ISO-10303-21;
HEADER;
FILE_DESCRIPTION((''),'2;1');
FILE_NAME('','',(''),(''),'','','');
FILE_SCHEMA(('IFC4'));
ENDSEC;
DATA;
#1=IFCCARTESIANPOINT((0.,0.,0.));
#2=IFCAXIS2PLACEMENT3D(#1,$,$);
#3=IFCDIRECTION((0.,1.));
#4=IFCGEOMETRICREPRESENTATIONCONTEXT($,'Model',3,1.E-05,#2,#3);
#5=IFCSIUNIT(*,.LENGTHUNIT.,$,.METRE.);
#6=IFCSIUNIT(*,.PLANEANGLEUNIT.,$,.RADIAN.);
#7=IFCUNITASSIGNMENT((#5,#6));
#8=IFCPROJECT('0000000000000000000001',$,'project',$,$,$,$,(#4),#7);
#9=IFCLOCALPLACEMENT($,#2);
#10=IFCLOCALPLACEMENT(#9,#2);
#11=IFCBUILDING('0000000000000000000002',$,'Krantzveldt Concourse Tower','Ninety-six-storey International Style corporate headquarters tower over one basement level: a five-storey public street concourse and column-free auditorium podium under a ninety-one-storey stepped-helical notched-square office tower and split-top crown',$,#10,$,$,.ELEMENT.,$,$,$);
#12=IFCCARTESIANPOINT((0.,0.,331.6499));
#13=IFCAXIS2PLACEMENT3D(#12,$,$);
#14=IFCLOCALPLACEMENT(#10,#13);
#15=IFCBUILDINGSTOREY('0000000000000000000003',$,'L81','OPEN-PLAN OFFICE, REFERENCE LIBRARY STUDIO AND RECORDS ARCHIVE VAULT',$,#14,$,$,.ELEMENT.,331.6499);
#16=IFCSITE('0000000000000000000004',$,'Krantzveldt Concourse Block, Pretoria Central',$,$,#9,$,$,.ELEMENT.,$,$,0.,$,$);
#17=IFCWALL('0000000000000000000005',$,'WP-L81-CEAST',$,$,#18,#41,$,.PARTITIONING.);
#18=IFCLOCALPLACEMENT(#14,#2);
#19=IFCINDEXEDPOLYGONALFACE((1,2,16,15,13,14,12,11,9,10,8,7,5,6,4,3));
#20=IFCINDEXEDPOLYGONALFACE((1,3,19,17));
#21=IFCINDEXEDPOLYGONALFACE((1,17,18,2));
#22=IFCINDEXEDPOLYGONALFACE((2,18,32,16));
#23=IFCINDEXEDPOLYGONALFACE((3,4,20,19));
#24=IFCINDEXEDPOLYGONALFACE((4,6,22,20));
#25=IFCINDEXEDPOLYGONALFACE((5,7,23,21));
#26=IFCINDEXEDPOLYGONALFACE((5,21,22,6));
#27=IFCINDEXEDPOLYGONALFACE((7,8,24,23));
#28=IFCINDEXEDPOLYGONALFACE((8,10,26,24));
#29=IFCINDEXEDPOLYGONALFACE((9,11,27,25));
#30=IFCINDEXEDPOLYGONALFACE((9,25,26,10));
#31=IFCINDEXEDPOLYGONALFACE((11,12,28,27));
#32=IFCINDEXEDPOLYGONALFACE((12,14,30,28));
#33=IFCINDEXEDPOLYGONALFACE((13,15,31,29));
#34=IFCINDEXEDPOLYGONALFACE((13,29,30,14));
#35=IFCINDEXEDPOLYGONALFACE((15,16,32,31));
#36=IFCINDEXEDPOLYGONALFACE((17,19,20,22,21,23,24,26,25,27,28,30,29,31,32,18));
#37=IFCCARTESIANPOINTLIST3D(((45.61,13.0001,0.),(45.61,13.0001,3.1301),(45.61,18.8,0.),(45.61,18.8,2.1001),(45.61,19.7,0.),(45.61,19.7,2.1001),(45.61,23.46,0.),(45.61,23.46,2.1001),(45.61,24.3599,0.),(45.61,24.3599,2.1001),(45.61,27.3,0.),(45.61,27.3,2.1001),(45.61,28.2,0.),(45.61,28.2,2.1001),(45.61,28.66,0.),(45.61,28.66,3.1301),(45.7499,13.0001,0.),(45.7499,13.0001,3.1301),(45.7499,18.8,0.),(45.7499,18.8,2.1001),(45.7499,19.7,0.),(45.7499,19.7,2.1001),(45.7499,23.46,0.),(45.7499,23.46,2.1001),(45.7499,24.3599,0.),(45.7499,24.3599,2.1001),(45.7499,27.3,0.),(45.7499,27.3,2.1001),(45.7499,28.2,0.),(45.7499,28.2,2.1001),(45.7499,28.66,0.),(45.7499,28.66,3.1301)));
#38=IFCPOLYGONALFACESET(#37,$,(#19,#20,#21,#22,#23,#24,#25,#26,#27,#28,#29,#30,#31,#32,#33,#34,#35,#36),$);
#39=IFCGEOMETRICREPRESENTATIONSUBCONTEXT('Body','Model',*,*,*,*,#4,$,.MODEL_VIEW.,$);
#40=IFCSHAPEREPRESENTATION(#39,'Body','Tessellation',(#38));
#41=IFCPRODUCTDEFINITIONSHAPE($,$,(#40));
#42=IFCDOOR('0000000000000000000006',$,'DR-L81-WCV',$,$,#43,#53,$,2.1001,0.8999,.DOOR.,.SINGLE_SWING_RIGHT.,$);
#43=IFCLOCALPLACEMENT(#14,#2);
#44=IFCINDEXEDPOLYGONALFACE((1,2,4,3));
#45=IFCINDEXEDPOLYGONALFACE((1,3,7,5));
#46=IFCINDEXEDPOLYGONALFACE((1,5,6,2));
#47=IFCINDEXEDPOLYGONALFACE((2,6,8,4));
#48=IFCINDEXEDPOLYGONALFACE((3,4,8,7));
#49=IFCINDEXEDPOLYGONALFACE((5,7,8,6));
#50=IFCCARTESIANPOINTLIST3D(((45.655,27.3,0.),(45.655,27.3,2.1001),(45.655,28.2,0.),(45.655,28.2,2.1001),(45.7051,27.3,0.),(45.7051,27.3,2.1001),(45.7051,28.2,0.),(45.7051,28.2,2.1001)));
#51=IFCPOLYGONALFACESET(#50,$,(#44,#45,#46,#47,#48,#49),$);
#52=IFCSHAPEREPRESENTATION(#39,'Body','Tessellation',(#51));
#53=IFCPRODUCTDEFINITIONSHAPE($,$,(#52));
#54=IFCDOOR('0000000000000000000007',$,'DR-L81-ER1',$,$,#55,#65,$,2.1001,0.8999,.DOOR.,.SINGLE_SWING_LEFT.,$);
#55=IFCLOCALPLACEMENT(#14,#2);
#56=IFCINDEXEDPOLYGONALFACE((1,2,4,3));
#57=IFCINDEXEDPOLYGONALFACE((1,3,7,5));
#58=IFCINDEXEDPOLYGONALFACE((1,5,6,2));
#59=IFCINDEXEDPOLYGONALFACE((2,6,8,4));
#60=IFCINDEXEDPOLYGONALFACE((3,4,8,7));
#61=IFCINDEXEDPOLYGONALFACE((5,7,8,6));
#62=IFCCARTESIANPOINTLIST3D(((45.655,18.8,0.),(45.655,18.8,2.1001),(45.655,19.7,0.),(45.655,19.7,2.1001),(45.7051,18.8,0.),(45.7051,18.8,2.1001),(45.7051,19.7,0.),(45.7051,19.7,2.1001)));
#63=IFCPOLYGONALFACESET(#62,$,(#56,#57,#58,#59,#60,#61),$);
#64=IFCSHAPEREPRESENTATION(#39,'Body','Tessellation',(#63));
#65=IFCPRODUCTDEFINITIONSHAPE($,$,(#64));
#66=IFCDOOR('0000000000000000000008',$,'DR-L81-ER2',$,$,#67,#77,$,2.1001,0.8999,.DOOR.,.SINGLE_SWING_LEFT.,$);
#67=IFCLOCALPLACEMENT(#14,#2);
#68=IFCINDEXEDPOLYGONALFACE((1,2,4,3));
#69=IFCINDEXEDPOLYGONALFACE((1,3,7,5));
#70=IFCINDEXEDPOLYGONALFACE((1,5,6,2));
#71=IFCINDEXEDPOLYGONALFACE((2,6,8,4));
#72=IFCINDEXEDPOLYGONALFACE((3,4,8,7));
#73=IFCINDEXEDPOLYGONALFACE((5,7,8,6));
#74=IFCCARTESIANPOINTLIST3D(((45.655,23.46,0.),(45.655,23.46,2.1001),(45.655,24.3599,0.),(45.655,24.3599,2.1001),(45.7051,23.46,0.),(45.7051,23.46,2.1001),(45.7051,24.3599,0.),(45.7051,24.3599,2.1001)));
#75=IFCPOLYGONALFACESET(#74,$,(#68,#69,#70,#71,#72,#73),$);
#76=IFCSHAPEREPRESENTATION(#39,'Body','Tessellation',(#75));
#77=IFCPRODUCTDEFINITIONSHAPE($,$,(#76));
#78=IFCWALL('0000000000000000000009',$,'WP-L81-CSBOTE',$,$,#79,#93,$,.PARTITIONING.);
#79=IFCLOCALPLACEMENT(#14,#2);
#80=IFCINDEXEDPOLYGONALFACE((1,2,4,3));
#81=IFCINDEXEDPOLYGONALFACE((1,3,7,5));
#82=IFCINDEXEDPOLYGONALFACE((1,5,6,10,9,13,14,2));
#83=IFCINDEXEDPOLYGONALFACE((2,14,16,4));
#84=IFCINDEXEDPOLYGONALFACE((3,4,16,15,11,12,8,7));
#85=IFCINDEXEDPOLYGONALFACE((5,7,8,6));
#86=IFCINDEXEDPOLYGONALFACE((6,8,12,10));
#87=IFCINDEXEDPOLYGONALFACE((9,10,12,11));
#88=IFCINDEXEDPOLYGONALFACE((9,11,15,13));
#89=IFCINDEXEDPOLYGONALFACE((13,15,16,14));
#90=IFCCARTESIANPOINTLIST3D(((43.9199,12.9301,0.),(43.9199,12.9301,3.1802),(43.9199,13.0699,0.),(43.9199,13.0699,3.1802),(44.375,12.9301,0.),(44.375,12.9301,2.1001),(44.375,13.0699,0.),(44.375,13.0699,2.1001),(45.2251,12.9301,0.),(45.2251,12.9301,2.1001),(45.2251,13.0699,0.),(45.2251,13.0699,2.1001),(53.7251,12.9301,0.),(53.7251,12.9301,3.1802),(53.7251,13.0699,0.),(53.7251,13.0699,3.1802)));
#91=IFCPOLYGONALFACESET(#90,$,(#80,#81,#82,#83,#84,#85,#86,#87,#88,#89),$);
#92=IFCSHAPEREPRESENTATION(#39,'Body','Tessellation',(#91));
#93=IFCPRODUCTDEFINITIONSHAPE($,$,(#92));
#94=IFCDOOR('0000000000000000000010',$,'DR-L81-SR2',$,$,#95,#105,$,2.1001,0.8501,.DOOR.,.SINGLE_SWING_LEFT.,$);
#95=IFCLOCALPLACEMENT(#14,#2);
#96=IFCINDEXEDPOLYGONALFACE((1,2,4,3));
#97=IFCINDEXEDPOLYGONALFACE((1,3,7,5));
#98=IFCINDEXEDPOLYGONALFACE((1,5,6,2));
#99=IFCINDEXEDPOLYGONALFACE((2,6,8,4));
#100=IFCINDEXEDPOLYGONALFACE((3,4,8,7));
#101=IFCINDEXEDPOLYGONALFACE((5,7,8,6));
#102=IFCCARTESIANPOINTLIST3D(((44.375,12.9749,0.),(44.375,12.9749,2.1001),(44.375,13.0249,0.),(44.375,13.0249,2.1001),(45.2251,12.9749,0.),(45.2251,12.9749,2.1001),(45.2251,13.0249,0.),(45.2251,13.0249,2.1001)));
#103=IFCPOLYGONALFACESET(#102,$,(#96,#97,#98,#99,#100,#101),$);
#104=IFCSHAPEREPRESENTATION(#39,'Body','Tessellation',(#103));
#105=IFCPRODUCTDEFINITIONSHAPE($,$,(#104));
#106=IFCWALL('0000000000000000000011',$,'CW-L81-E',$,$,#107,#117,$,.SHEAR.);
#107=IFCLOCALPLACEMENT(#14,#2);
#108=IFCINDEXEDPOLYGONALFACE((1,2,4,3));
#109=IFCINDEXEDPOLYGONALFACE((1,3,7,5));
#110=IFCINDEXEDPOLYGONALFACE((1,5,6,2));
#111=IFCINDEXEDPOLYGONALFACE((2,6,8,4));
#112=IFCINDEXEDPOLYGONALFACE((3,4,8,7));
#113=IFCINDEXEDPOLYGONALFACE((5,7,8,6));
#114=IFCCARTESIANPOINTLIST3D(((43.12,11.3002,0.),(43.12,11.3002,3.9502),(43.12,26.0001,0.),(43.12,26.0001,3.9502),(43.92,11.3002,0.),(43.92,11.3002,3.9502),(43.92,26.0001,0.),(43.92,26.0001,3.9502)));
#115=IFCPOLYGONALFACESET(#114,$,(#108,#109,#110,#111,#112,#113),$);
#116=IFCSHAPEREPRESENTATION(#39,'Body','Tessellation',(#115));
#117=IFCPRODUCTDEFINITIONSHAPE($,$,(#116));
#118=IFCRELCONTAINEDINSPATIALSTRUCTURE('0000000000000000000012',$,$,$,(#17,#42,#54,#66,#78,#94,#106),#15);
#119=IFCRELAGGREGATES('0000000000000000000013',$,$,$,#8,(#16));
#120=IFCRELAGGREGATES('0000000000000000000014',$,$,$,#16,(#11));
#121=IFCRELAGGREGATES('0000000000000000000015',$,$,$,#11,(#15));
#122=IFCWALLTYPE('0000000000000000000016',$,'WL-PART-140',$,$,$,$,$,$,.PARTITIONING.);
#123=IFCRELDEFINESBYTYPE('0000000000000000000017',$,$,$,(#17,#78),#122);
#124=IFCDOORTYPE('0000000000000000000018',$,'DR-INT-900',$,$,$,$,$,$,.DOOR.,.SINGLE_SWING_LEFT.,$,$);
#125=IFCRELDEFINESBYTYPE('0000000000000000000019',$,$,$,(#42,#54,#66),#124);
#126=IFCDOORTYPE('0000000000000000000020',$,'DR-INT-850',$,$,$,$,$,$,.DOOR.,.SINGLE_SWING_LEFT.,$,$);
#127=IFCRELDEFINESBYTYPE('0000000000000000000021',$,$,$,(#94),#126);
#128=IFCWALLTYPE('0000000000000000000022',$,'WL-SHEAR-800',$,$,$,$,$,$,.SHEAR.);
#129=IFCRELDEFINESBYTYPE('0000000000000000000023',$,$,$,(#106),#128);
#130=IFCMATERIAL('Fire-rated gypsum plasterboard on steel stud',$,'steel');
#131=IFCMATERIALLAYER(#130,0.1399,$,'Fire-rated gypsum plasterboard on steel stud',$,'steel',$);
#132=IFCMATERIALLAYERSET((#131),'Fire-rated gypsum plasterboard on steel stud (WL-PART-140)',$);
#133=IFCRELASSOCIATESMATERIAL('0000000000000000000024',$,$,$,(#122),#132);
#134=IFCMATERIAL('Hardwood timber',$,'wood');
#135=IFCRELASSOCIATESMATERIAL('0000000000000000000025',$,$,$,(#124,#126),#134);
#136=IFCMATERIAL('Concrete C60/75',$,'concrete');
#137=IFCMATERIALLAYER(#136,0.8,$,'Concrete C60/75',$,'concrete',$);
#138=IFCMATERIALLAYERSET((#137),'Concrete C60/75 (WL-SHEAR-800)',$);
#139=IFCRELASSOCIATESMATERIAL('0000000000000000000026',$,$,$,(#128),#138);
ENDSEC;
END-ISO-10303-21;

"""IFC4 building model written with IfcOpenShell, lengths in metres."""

from ifc_helpers import new_model, si_unit, direction, frame, frame_2d, origin, place, context, subcontext, project, spatial, rectangle, extrude, material, layer, layer_set, type_object, element, fill, save


model = new_model("IFC4")

# Units and contexts
model_context = context("Model", 3, precision=1e-05, world=origin(), true_north=direction((0.0, 1.0)))
body_context = subcontext(model_context, "Body", "Model", "MODEL_VIEW")
ifc_project = project(units=[si_unit("LENGTHUNIT", "METRE"), si_unit("PLANEANGLEUNIT", "RADIAN")], contexts=[model_context])

# Site, building, storey
site_placement = place(None, origin())
site = spatial("IfcSite", under=ifc_project, at=site_placement, Name="Krantzveldt Concourse Block, Pretoria Central", CompositionType="ELEMENT", RefElevation=0.0)
building_placement = place(site_placement, origin())
building = spatial("IfcBuilding", under=site, at=building_placement, Name="Krantzveldt Concourse Tower", Description="Ninety-six-storey International Style corporate headquarters tower over one basement level: a five-storey public street concourse and column-free auditorium podium under a ninety-one-storey stepped-helical notched-square office tower and split-top crown", CompositionType="ELEMENT")
storey_placement = place(building_placement, frame((0.0, 0.0, 331.6499)))
storey = spatial("IfcBuildingStorey", under=building, at=storey_placement, Name="L81", Description="OPEN-PLAN OFFICE, REFERENCE LIBRARY STUDIO AND RECORDS ARCHIVE VAULT", CompositionType="ELEMENT", Elevation=331.6499)

# Shared definitions
ifc_material_1 = material(Name="Fire-rated gypsum plasterboard on steel stud", Category="steel")

# Wall, openings, doors
ifc_layer_1 = layer(ifc_material_1, 0.1399, Name="Fire-rated gypsum plasterboard on steel stud", Category="steel")
ifc_layer_set_1 = layer_set([ifc_layer_1], Name="Fire-rated gypsum plasterboard on steel stud (WL-PART-140)")
wall_type_1 = type_object("IfcWallType", Name="WL-PART-140", PredefinedType="PARTITIONING", material=ifc_layer_set_1)
wall_1_placement = place(storey_placement, frame((45.6799, 13.0, 0.0), z_axis=(0.0, 0.0, 1.0), x_axis=(0.0, 1.0, 0.0)))
wall_1 = element("IfcWall", 1, at=wall_1_placement, inside=storey, type_object=wall_type_1, Name="WP-L81-CEAST", PredefinedType="PARTITIONING", context=body_context, shape_type="SweptSolid", body=[
    extrude(rectangle(XDim=15.6599, YDim=0.1399, at=frame_2d((7.8301, 0.0))), origin(), (0.0, 0.0, 1.0), 3.1301),
])
opening_1_placement = place(wall_1_placement, frame((14.3, 0.0, 0.0)))
opening_1 = element("IfcOpeningElement", 2, at=opening_1_placement, cuts=wall_1, PredefinedType="OPENING", context=body_context, shape_type="SweptSolid", body=[
    extrude(rectangle(XDim=0.8999, YDim=2.1001, at=frame_2d((0.45, 1.05))), frame((0.0, 0.0801, 0.0), z_axis=(0.0, -1.0, 0.0), x_axis=(1.0, 0.0, 0.0)), (0.0, 0.0, 1.0), 0.1599),
])
opening_2_placement = place(wall_1_placement, frame((5.8, 0.0, 0.0)))
opening_2 = element("IfcOpeningElement", 3, at=opening_2_placement, cuts=wall_1, PredefinedType="OPENING", context=body_context, shape_type="SweptSolid", body=[
    extrude(rectangle(XDim=0.8999, YDim=2.1001, at=frame_2d((0.45, 1.05))), frame((0.0, 0.0801, 0.0), z_axis=(0.0, -1.0, 0.0), x_axis=(1.0, 0.0, 0.0)), (0.0, 0.0, 1.0), 0.1599),
])
opening_3_placement = place(wall_1_placement, frame((10.46, 0.0, 0.0)))
opening_3 = element("IfcOpeningElement", 4, at=opening_3_placement, cuts=wall_1, PredefinedType="OPENING", context=body_context, shape_type="SweptSolid", body=[
    extrude(rectangle(XDim=0.8999, YDim=2.1001, at=frame_2d((0.45, 1.05))), frame((0.0, 0.0801, 0.0), z_axis=(0.0, -1.0, 0.0), x_axis=(1.0, 0.0, 0.0)), (0.0, 0.0, 1.0), 0.1599),
])
ifc_material_2 = material(Name="Hardwood timber", Category="wood")
door_type_1 = type_object("IfcDoorType", Name="DR-INT-900", OperationType="SINGLE_SWING_LEFT", PredefinedType="DOOR", material=ifc_material_2)
door_1_placement = place(opening_1_placement, origin())
door_1 = element("IfcDoor", 5, at=door_1_placement, inside=storey, type_object=door_type_1, Name="DR-L81-WCV", OperationType="SINGLE_SWING_RIGHT", OverallHeight=2.1001, OverallWidth=0.8999, PredefinedType="DOOR", context=body_context, shape_type="SweptSolid", body=[
    extrude(rectangle(XDim=0.8999, YDim=2.1001, at=frame_2d((0.45, 1.05))), frame((0.0, 0.0249, 0.0), z_axis=(0.0, -1.0, 0.0), x_axis=(1.0, 0.0, 0.0)), (0.0, 0.0, 1.0), 0.05),
])
fill(opening_1, door_1)
door_2_placement = place(opening_2_placement, origin())
door_2 = element("IfcDoor", 6, at=door_2_placement, inside=storey, type_object=door_type_1, Name="DR-L81-ER1", OperationType="SINGLE_SWING_LEFT", OverallHeight=2.1001, OverallWidth=0.8999, PredefinedType="DOOR", context=body_context, shape_type="SweptSolid", body=[
    extrude(rectangle(XDim=0.8999, YDim=2.1001, at=frame_2d((0.45, 1.05))), frame((0.0, 0.0249, 0.0), z_axis=(0.0, -1.0, 0.0), x_axis=(1.0, 0.0, 0.0)), (0.0, 0.0, 1.0), 0.05),
])
fill(opening_2, door_2)
door_3_placement = place(opening_3_placement, origin())
door_3 = element("IfcDoor", 7, at=door_3_placement, inside=storey, type_object=door_type_1, Name="DR-L81-ER2", OperationType="SINGLE_SWING_LEFT", OverallHeight=2.1001, OverallWidth=0.8999, PredefinedType="DOOR", context=body_context, shape_type="SweptSolid", body=[
    extrude(rectangle(XDim=0.8999, YDim=2.1001, at=frame_2d((0.45, 1.05))), frame((0.0, 0.0249, 0.0), z_axis=(0.0, -1.0, 0.0), x_axis=(1.0, 0.0, 0.0)), (0.0, 0.0, 1.0), 0.05),
])
fill(opening_3, door_3)

# Wall, opening, door
wall_2_placement = place(storey_placement, frame((43.9199, 13.0, 0.0), z_axis=(0.0, 0.0, 1.0), x_axis=(1.0, 0.0, 0.0)))
wall_2 = element("IfcWall", 8, at=wall_2_placement, inside=storey, type_object=wall_type_1, Name="WP-L81-CSBOTE", PredefinedType="PARTITIONING", context=body_context, shape_type="SweptSolid", body=[
    extrude(rectangle(XDim=9.8052, YDim=0.1399, at=frame_2d((4.9026, 0.0))), origin(), (0.0, 0.0, 1.0), 3.1802),
])
opening_4_placement = place(wall_2_placement, frame((0.4551, 0.0, 0.0)))
opening_4 = element("IfcOpeningElement", 9, at=opening_4_placement, cuts=wall_2, PredefinedType="OPENING", context=body_context, shape_type="SweptSolid", body=[
    extrude(rectangle(XDim=0.8501, YDim=2.1001, at=frame_2d((0.425, 1.05))), frame((0.0, 0.0801, 0.0), z_axis=(0.0, -1.0, 0.0), x_axis=(1.0, 0.0, 0.0)), (0.0, 0.0, 1.0), 0.1599),
])
door_type_2 = type_object("IfcDoorType", Name="DR-INT-850", OperationType="SINGLE_SWING_LEFT", PredefinedType="DOOR", material=ifc_material_2)
door_4_placement = place(opening_4_placement, origin())
door_4 = element("IfcDoor", 10, at=door_4_placement, inside=storey, type_object=door_type_2, Name="DR-L81-SR2", OperationType="SINGLE_SWING_LEFT", OverallHeight=2.1001, OverallWidth=0.8501, PredefinedType="DOOR", context=body_context, shape_type="SweptSolid", body=[
    extrude(rectangle(XDim=0.8501, YDim=2.1001, at=frame_2d((0.425, 1.05))), frame((0.0, 0.0249, 0.0), z_axis=(0.0, -1.0, 0.0), x_axis=(1.0, 0.0, 0.0)), (0.0, 0.0, 1.0), 0.05),
])
fill(opening_4, door_4)

# Wall
ifc_material_3 = material(Name="Concrete C60/75", Category="concrete")
ifc_layer_2 = layer(ifc_material_3, 0.8, Name="Concrete C60/75", Category="concrete")
ifc_layer_set_2 = layer_set([ifc_layer_2], Name="Concrete C60/75 (WL-SHEAR-800)")
wall_type_2 = type_object("IfcWallType", Name="WL-SHEAR-800", PredefinedType="SHEAR", material=ifc_layer_set_2)
wall_3_placement = place(storey_placement, frame((43.52, 11.3, 0.0), z_axis=(0.0, 0.0, 1.0), x_axis=(0.0, 1.0, 0.0)))
element("IfcWall", 11, at=wall_3_placement, inside=storey, type_object=wall_type_2, Name="CW-L81-E", PredefinedType="SHEAR", context=body_context, shape_type="SweptSolid", body=[
    extrude(rectangle(XDim=14.7, YDim=0.8, at=frame_2d((7.3501, 0.0))), origin(), (0.0, 0.0, 1.0), 3.9502),
])

save(model, "model.ifc")
